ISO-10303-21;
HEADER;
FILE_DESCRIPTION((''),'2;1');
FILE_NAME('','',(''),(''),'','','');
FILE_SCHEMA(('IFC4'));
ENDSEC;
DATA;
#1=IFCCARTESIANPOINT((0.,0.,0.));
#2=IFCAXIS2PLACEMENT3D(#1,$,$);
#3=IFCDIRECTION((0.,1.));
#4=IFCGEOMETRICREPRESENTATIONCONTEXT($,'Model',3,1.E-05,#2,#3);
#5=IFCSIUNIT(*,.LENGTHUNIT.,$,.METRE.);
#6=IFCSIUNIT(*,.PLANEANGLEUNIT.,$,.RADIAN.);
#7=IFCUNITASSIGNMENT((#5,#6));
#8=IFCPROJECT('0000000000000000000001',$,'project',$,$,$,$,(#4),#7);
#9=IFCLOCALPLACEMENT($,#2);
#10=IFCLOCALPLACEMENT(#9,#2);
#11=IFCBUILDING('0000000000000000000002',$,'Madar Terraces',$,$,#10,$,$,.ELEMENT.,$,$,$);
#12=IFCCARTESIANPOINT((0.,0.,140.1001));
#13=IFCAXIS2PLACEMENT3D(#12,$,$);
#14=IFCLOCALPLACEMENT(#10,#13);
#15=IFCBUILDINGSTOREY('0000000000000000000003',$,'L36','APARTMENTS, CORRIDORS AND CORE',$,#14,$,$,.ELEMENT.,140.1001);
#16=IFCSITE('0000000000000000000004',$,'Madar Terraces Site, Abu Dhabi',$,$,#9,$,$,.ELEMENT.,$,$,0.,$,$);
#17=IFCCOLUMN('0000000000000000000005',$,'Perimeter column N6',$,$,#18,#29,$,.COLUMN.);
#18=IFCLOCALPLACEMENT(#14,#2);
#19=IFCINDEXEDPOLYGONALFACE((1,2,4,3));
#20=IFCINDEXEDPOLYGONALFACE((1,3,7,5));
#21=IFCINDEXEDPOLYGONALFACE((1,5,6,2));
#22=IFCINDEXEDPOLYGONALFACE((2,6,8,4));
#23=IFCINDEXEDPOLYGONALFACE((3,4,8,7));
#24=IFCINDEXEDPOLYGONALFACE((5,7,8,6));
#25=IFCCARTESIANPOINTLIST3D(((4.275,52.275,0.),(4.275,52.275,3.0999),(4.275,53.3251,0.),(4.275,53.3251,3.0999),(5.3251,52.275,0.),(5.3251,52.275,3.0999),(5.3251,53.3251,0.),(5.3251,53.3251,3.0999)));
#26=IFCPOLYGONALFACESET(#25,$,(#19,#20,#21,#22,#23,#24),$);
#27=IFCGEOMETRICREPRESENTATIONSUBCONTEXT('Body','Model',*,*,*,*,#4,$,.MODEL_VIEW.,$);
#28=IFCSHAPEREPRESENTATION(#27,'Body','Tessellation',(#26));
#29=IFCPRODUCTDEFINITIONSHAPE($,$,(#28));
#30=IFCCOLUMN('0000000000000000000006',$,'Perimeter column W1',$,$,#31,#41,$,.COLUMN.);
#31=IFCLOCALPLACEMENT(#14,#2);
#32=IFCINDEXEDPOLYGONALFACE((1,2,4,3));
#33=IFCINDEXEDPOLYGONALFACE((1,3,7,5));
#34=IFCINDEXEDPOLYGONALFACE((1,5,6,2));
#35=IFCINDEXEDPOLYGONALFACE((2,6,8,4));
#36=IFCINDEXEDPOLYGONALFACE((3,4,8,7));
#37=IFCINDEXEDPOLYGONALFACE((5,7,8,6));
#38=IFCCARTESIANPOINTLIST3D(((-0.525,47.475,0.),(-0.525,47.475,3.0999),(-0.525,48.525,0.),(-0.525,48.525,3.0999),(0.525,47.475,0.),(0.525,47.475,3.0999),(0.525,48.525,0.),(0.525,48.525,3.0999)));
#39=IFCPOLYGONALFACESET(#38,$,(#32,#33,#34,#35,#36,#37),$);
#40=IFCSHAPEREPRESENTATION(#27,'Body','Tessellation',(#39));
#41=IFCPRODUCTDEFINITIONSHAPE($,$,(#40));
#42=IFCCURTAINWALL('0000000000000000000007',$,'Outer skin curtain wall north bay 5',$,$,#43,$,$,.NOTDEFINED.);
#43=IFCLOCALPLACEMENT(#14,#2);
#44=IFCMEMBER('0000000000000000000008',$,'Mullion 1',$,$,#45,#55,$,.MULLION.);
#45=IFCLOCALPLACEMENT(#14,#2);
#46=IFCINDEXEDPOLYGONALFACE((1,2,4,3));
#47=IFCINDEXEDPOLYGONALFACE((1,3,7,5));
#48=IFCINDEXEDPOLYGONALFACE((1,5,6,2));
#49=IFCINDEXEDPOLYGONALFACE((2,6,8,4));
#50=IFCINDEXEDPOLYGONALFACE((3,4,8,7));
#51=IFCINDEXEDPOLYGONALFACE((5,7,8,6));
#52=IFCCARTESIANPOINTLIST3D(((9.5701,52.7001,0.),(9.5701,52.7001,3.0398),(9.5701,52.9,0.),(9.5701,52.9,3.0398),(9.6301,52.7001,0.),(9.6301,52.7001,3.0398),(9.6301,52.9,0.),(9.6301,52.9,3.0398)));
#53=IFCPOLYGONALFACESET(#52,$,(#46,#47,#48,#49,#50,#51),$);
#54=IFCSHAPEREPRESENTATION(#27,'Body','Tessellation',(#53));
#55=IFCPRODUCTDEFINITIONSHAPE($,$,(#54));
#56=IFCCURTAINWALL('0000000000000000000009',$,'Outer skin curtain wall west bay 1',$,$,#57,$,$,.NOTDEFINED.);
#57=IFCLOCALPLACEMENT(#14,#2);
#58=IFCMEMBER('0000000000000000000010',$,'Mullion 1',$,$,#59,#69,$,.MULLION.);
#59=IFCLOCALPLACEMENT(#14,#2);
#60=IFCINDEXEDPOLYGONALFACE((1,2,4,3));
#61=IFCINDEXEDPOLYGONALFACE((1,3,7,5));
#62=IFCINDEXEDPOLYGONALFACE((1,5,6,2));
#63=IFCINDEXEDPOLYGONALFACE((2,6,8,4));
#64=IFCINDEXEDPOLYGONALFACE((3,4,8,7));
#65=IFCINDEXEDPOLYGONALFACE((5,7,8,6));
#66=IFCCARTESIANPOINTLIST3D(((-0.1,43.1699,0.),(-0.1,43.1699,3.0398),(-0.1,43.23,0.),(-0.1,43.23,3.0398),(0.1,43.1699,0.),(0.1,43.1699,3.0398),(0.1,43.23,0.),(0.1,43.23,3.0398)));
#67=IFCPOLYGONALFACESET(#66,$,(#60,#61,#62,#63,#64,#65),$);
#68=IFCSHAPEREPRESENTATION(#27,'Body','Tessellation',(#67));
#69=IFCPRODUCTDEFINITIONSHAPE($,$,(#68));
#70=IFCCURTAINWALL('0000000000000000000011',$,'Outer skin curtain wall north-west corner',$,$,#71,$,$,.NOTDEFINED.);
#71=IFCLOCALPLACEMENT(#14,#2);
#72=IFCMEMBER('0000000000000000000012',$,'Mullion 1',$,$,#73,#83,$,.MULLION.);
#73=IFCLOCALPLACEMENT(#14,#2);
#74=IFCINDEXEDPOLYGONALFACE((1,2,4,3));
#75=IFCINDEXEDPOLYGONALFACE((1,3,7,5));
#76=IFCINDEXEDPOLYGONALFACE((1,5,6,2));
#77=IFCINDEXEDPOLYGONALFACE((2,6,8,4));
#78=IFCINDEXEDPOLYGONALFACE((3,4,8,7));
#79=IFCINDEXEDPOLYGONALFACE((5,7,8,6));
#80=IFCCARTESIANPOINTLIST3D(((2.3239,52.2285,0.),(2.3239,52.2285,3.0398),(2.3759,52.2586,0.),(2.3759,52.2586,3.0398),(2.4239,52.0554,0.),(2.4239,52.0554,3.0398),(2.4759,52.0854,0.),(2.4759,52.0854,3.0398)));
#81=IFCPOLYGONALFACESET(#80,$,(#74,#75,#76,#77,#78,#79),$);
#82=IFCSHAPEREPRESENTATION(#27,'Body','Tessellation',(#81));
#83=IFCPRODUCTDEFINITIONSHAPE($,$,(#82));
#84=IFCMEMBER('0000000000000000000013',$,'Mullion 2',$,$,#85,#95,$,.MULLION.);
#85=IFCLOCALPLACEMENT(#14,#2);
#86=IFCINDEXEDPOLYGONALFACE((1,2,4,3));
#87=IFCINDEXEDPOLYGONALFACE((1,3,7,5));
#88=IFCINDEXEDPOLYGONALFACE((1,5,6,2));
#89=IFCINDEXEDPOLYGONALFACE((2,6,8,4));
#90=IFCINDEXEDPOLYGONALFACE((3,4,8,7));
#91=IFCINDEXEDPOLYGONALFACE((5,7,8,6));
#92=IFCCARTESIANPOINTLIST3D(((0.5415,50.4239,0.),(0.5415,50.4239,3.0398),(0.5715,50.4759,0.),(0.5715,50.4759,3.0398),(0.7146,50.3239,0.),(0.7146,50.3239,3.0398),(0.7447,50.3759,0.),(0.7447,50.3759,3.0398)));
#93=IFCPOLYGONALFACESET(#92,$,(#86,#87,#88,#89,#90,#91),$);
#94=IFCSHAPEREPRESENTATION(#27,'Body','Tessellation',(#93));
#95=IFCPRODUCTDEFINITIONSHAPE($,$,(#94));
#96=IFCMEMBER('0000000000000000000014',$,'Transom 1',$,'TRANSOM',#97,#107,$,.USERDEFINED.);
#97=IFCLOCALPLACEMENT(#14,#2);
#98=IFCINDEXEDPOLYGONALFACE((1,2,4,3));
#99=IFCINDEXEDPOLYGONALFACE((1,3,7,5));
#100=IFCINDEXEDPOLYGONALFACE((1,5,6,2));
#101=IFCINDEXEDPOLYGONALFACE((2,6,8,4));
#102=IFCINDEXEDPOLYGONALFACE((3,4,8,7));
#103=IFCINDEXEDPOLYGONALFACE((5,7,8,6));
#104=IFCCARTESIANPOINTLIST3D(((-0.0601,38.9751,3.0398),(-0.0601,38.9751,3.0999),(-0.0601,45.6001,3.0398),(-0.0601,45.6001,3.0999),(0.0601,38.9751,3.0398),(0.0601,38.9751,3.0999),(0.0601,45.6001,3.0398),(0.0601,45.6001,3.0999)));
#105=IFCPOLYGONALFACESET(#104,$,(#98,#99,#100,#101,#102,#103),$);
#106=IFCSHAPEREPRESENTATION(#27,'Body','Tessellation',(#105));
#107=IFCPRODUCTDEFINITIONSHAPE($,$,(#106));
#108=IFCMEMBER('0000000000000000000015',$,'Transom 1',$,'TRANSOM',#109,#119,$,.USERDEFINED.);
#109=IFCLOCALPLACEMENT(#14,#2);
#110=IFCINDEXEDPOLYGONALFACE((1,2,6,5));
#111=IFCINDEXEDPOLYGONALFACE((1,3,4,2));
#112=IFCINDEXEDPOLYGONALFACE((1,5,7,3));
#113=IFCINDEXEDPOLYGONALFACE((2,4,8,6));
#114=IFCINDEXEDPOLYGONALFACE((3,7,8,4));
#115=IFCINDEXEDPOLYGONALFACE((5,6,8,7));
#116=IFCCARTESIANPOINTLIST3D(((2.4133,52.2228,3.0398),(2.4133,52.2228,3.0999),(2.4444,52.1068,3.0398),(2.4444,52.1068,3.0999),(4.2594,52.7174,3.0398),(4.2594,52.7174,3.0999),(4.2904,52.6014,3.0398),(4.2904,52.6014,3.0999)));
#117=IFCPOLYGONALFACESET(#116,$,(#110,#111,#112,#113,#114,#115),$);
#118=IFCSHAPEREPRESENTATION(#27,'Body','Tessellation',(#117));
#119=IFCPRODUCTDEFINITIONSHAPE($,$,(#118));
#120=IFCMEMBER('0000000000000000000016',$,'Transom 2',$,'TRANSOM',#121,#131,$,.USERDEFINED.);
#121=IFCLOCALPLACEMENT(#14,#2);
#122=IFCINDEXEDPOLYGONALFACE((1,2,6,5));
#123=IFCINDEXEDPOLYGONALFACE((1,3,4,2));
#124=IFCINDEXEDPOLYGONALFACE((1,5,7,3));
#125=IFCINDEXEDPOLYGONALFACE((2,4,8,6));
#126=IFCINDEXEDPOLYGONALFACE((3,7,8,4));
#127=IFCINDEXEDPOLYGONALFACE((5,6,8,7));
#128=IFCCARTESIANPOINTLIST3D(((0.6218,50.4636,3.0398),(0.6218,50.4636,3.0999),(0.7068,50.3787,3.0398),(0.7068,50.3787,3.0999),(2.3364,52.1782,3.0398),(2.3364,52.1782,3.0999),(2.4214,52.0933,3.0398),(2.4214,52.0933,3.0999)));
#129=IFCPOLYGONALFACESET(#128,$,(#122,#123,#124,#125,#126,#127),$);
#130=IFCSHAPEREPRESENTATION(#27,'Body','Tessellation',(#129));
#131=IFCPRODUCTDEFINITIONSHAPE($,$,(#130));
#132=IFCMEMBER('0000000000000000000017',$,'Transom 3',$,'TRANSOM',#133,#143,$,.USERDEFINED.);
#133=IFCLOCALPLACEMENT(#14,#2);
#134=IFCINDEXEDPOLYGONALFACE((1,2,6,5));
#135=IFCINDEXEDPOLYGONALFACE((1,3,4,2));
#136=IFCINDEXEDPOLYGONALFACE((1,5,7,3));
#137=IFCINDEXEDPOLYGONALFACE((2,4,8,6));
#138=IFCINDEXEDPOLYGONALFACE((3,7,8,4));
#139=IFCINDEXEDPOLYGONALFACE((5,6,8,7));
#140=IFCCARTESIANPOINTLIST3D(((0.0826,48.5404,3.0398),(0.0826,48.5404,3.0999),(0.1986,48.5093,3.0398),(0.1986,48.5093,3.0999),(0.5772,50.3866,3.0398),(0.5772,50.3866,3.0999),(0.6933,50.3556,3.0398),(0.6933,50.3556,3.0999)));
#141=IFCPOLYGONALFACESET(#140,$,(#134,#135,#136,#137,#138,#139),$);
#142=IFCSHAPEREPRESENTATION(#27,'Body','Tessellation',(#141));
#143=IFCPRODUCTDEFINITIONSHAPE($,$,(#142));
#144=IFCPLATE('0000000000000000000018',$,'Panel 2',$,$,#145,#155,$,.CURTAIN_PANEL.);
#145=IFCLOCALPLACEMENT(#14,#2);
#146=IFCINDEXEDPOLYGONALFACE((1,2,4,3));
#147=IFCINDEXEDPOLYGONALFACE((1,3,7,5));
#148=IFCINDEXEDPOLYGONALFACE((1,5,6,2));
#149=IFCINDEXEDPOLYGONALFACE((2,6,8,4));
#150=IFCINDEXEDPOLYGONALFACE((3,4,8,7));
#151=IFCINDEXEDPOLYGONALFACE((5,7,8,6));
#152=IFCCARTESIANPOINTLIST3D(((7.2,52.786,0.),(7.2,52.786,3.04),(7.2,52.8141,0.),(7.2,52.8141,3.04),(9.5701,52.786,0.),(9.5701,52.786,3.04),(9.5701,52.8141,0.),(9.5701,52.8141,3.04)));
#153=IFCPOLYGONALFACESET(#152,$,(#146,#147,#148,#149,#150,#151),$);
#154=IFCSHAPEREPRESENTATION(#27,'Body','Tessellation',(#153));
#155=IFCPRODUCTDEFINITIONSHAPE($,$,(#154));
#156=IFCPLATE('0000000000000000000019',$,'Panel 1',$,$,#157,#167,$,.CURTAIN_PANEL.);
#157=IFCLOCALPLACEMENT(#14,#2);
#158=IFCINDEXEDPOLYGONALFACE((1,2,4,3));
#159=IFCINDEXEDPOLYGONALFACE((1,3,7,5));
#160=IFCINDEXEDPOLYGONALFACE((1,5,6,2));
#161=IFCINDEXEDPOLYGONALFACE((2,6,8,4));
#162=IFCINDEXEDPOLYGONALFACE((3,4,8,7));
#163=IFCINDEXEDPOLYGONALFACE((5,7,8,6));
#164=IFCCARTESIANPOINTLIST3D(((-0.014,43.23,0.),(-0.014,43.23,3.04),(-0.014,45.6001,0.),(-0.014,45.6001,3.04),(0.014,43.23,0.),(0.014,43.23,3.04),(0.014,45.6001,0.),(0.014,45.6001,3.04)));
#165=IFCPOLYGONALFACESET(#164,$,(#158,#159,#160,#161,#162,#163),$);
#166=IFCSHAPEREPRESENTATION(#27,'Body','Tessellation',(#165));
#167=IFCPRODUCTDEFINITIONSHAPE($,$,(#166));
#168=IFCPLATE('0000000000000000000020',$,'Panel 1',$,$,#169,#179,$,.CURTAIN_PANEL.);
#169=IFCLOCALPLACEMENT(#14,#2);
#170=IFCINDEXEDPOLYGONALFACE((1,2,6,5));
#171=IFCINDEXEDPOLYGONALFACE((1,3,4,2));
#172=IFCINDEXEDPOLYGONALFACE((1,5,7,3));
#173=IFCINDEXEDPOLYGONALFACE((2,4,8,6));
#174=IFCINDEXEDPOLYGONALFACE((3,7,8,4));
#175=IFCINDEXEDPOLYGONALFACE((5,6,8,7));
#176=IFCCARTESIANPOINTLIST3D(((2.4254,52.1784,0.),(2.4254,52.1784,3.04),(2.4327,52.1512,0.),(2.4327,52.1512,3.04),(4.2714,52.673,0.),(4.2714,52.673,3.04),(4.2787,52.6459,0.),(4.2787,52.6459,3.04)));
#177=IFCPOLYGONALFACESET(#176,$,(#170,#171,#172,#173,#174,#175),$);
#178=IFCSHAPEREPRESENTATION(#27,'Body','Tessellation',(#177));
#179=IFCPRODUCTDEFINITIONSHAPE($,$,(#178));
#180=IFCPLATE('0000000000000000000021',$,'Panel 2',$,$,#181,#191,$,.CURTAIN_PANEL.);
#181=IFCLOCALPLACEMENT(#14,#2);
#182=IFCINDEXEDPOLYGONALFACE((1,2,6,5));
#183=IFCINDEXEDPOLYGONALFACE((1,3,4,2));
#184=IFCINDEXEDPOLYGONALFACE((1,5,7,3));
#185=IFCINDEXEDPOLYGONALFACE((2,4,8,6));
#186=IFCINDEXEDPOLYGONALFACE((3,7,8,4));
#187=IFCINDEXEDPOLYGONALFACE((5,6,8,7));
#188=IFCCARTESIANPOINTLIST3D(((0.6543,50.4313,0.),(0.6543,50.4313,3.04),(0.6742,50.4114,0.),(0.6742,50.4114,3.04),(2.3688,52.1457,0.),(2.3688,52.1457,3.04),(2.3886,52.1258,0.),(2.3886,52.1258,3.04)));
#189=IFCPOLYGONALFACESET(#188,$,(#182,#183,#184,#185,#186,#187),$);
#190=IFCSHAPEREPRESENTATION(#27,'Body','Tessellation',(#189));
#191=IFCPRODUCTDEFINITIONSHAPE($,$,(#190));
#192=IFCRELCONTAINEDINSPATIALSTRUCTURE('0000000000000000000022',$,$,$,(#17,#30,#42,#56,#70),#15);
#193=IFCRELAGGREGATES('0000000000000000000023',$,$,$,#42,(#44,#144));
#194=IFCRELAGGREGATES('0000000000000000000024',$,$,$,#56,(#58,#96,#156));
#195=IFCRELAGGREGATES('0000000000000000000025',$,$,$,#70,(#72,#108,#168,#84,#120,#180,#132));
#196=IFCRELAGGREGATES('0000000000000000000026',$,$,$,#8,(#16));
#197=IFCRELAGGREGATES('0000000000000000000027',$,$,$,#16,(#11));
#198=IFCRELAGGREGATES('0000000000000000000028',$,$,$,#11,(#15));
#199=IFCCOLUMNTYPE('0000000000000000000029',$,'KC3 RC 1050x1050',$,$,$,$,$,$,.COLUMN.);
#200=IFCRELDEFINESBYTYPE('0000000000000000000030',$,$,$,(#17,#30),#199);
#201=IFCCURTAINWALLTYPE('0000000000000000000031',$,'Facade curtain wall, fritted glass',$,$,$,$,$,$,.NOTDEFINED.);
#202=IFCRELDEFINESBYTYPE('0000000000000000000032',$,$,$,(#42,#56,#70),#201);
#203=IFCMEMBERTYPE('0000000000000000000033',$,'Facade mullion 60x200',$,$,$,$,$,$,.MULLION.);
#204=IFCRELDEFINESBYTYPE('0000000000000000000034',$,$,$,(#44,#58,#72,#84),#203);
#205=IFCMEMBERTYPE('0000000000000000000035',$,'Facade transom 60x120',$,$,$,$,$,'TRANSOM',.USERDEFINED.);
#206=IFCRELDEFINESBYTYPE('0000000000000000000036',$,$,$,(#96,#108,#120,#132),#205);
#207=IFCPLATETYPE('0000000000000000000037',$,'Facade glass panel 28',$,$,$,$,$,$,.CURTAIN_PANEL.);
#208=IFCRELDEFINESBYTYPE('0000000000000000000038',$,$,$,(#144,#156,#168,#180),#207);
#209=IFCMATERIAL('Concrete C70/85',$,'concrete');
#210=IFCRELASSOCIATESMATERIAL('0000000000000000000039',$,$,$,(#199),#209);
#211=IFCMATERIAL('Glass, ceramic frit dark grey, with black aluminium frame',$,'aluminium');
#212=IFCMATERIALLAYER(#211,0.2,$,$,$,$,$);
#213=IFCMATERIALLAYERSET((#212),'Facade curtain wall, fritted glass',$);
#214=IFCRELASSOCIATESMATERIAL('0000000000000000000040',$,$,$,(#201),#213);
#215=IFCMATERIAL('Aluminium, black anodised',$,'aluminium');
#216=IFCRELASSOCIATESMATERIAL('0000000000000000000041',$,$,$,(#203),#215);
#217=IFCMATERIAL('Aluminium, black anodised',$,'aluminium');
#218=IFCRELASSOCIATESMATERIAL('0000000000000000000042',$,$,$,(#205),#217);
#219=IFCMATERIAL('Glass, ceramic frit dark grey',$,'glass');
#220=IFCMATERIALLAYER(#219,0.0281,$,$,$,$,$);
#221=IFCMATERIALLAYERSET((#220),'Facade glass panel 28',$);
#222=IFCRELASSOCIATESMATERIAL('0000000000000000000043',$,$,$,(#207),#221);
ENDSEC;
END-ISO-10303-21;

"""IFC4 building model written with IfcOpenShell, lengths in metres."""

from ifc_helpers import new_model, si_unit, direction, frame, origin, origin_2d, place, context, subcontext, project, spatial, rectangle, extrude, material, layer, layer_set, material_profile, profile_set, type_object, element, aggregate, save


model = new_model("IFC4")

# Units and contexts
model_context = context("Model", 3, precision=1e-05, world=origin(), true_north=direction((0.0, 1.0)))
body_context = subcontext(model_context, "Body", "Model", "MODEL_VIEW")
ifc_project = project(units=[si_unit("LENGTHUNIT", "METRE"), si_unit("PLANEANGLEUNIT", "RADIAN")], contexts=[model_context])

# Site, building, storey
site_placement = place(None, origin())
site = spatial("IfcSite", under=ifc_project, at=site_placement, Name="Madar Terraces Site, Abu Dhabi", CompositionType="ELEMENT", RefElevation=0.0)
building_placement = place(site_placement, origin())
building = spatial("IfcBuilding", under=site, at=building_placement, Name="Madar Terraces", CompositionType="ELEMENT")
storey_placement = place(building_placement, frame((0.0, 0.0, 140.1001)))
storey = spatial("IfcBuildingStorey", under=building, at=storey_placement, Name="L36", Description="APARTMENTS, CORRIDORS AND CORE", CompositionType="ELEMENT", Elevation=140.1001)

# Columns
ifc_material_1 = material(Name="Concrete C70/85", Category="concrete")
ifc_material_profile_1 = material_profile(ifc_material_1, rectangle(XDim=1.05, YDim=1.05, at=origin_2d()), Name="KC3 RC 1050x1050")
ifc_profile_set_1 = profile_set([ifc_material_profile_1], Name="Concrete C70/85")
column_type = type_object("IfcColumnType", Name="KC3 RC 1050x1050", PredefinedType="COLUMN", material=ifc_profile_set_1)
for number, where, z_axis, x_axis, name in (
    (1, (4.8, 52.8, 0.0), (0.0, 0.0, 1.0), (1.0, 0.0, 0.0), "Perimeter column N6"),
    (2, (0.0, 48.0, 0.0), (0.0, 0.0, 1.0), (1.0, 0.0, 0.0), "Perimeter column W1"),
):
    element("IfcColumn", number, at=place(storey_placement, frame(where, z_axis=z_axis, x_axis=x_axis)), inside=storey, type_object=column_type, Name=name, PredefinedType="COLUMN", context=body_context, shape_type="SweptSolid", body=[
        extrude(rectangle(XDim=1.05, YDim=1.05, at=origin_2d()), origin(), (0.0, 0.0, 1.0), 3.0999),
    ])

# Curtain walls, members
ifc_material_2 = material(Name="Glass, ceramic frit dark grey, with black aluminium frame", Category="aluminium")
ifc_layer_1 = layer(ifc_material_2, 0.2)
ifc_layer_set_1 = layer_set([ifc_layer_1], Name="Facade curtain wall, fritted glass")
curtain_wall_type = type_object("IfcCurtainWallType", Name="Facade curtain wall, fritted glass", PredefinedType="NOTDEFINED", material=ifc_layer_set_1)
curtain_wall_1_placement = place(storey_placement, origin())
curtain_wall_1 = element("IfcCurtainWall", 3, at=curtain_wall_1_placement, inside=storey, type_object=curtain_wall_type, Name="Outer skin curtain wall north bay 5", PredefinedType="NOTDEFINED")
ifc_material_3 = material(Name="Aluminium, black anodised", Category="aluminium")
ifc_material_profile_2 = material_profile(ifc_material_3, rectangle(XDim=0.2, YDim=0.0601, at=origin_2d()), Name="Facade mullion 60x200")
ifc_profile_set_2 = profile_set([ifc_material_profile_2], Name="Aluminium, black anodised")
member_type_1 = type_object("IfcMemberType", Name="Facade mullion 60x200", PredefinedType="MULLION", material=ifc_profile_set_2)
member_1_placement = place(storey_placement, frame((9.6001, 52.8, 0.0), z_axis=(0.0, 0.0, 1.0), x_axis=(0.0, -1.0, 0.0)))
member_1 = element("IfcMember", 4, at=member_1_placement, type_object=member_type_1, Name="Mullion 1", PredefinedType="MULLION", context=body_context, shape_type="SweptSolid", body=[
    extrude(rectangle(XDim=0.2, YDim=0.0601, at=origin_2d()), origin(), (0.0, 0.0, 1.0), 3.0398),
])
curtain_wall_2_placement = place(storey_placement, origin())
curtain_wall_2 = element("IfcCurtainWall", 5, at=curtain_wall_2_placement, inside=storey, type_object=curtain_wall_type, Name="Outer skin curtain wall west bay 1", PredefinedType="NOTDEFINED")
member_2_placement = place(storey_placement, frame((0.0, 43.2, 0.0), z_axis=(0.0, 0.0, 1.0), x_axis=(1.0, 0.0, 0.0)))
member_2 = element("IfcMember", 6, at=member_2_placement, type_object=member_type_1, Name="Mullion 1", PredefinedType="MULLION", context=body_context, shape_type="SweptSolid", body=[
    extrude(rectangle(XDim=0.2, YDim=0.0601, at=origin_2d()), origin(), (0.0, 0.0, 1.0), 3.0398),
])

# Curtain wall, members
curtain_wall_3_placement = place(storey_placement, origin())
curtain_wall_3 = element("IfcCurtainWall", 7, at=curtain_wall_3_placement, inside=storey, type_object=curtain_wall_type, Name="Outer skin curtain wall north-west corner", PredefinedType="NOTDEFINED")
member_3_placement = place(storey_placement, frame((2.3999, 52.157, 0.0), z_axis=(0.0, 0.0, 1.0), x_axis=(0.5, -0.866025, 0.0)))
member_3 = element("IfcMember", 8, at=member_3_placement, type_object=member_type_1, Name="Mullion 1", PredefinedType="MULLION", context=body_context, shape_type="SweptSolid", body=[
    extrude(rectangle(XDim=0.2, YDim=0.0601, at=origin_2d()), origin(), (0.0, 0.0, 1.0), 3.0398),
])
member_4_placement = place(storey_placement, frame((0.6431, 50.3999, 0.0), z_axis=(0.0, 0.0, 1.0), x_axis=(0.866025, -0.5, 0.0)))
member_4 = element("IfcMember", 9, at=member_4_placement, type_object=member_type_1, Name="Mullion 2", PredefinedType="MULLION", context=body_context, shape_type="SweptSolid", body=[
    extrude(rectangle(XDim=0.2, YDim=0.0601, at=origin_2d()), origin(), (0.0, 0.0, 1.0), 3.0398),
])

# Members
ifc_material_4 = material(Name="Aluminium, black anodised", Category="aluminium")
ifc_material_profile_3 = material_profile(ifc_material_4, rectangle(XDim=0.1201, YDim=0.0601, at=origin_2d()), Name="Facade transom 60x120")
ifc_profile_set_3 = profile_set([ifc_material_profile_3], Name="Aluminium, black anodised")
member_type_2 = type_object("IfcMemberType", Name="Facade transom 60x120", ElementType="TRANSOM", PredefinedType="USERDEFINED", material=ifc_profile_set_3)
member_5_placement = place(storey_placement, frame((0.0, 45.6001, 3.0698), z_axis=(0.0, -1.0, 0.0), x_axis=(1.0, 0.0, 0.0)))
member_5 = element("IfcMember", 10, at=member_5_placement, type_object=member_type_2, Name="Transom 1", ObjectType="TRANSOM", PredefinedType="USERDEFINED", context=body_context, shape_type="SweptSolid", body=[
    extrude(rectangle(XDim=0.1201, YDim=0.0601, at=origin_2d()), origin(), (0.0, 0.0, 1.0), 6.625),
])
member_6_placement = place(storey_placement, frame((4.2749, 52.6594, 3.0698), z_axis=(-0.965925, -0.258823, 0.0), x_axis=(0.258823, -0.965925, 0.0)))
member_6 = element("IfcMember", 11, at=member_6_placement, type_object=member_type_2, Name="Transom 1", ObjectType="TRANSOM", PredefinedType="USERDEFINED", context=body_context, shape_type="SweptSolid", body=[
    extrude(rectangle(XDim=0.1201, YDim=0.0601, at=origin_2d()), origin(), (0.0, 0.0, 1.0), 1.9111),
])
member_7_placement = place(storey_placement, frame((2.3789, 52.1357, 3.0698), z_axis=(-0.707107, -0.707107, 0.0), x_axis=(0.707107, -0.707107, 0.0)))
member_7 = element("IfcMember", 12, at=member_7_placement, type_object=member_type_2, Name="Transom 2", ObjectType="TRANSOM", PredefinedType="USERDEFINED", context=body_context, shape_type="SweptSolid", body=[
    extrude(rectangle(XDim=0.1201, YDim=0.0601, at=origin_2d()), origin(), (0.0, 0.0, 1.0), 2.4248),
])
member_8_placement = place(storey_placement, frame((0.6353, 50.3711, 3.0698), z_axis=(-0.258791, -0.965933, 0.0), x_axis=(0.965933, -0.258791, 0.0)))
member_8 = element("IfcMember", 13, at=member_8_placement, type_object=member_type_2, Name="Transom 3", ObjectType="TRANSOM", PredefinedType="USERDEFINED", context=body_context, shape_type="SweptSolid", body=[
    extrude(rectangle(XDim=0.1201, YDim=0.0601, at=origin_2d()), origin(), (0.0, 0.0, 1.0), 1.9114),
])

# Plates
ifc_material_5 = material(Name="Glass, ceramic frit dark grey", Category="glass")
ifc_layer_2 = layer(ifc_material_5, 0.0281)
ifc_layer_set_2 = layer_set([ifc_layer_2], Name="Facade glass panel 28")
plate_type = type_object("IfcPlateType", Name="Facade glass panel 28", PredefinedType="CURTAIN_PANEL", material=ifc_layer_set_2)
plate_1_placement = place(storey_placement, frame((8.385, 52.8, 0.0), z_axis=(0.0, 0.0, 1.0), x_axis=(-1.0, 0.0, 0.0)))
plate_1 = element("IfcPlate", 14, at=plate_1_placement, type_object=plate_type, Name="Panel 2", PredefinedType="CURTAIN_PANEL", context=body_context, shape_type="SweptSolid", body=[
    extrude(rectangle(XDim=2.3701, YDim=0.0281, at=origin_2d()), origin(), (0.0, 0.0, 1.0), 3.04),
])
aggregate(curtain_wall_1, [member_1, plate_1])
plate_2_placement = place(storey_placement, frame((0.0, 44.415, 0.0), z_axis=(0.0, 0.0, 1.0), x_axis=(0.0, -1.0, 0.0)))
plate_2 = element("IfcPlate", 15, at=plate_2_placement, type_object=plate_type, Name="Panel 1", PredefinedType="CURTAIN_PANEL", context=body_context, shape_type="SweptSolid", body=[
    extrude(rectangle(XDim=2.3701, YDim=0.0281, at=origin_2d()), origin(), (0.0, 0.0, 1.0), 3.04),
])
aggregate(curtain_wall_2, [member_2, member_5, plate_2])
plate_3_placement = place(storey_placement, frame((3.3521, 52.4121, 0.0), z_axis=(0.0, 0.0, 1.0), x_axis=(-0.965926, -0.258819, 0.0)))
plate_3 = element("IfcPlate", 16, at=plate_3_placement, type_object=plate_type, Name="Panel 1", PredefinedType="CURTAIN_PANEL", context=body_context, shape_type="SweptSolid", body=[
    extrude(rectangle(XDim=1.9111, YDim=0.0281, at=origin_2d()), origin(), (0.0, 0.0, 1.0), 3.04),
])
plate_4_placement = place(storey_placement, frame((1.5215, 51.2786, 0.0), z_axis=(0.0, 0.0, 1.0), x_axis=(-0.707107, -0.707107, 0.0)))
plate_4 = element("IfcPlate", 17, at=plate_4_placement, type_object=plate_type, Name="Panel 2", PredefinedType="CURTAIN_PANEL", context=body_context, shape_type="SweptSolid", body=[
    extrude(rectangle(XDim=2.4246, YDim=0.0281, at=origin_2d()), origin(), (0.0, 0.0, 1.0), 3.04),
])
aggregate(curtain_wall_3, [member_3, member_6, plate_3, member_4, member_7, plate_4, member_8])

save(model, "model.ifc")
